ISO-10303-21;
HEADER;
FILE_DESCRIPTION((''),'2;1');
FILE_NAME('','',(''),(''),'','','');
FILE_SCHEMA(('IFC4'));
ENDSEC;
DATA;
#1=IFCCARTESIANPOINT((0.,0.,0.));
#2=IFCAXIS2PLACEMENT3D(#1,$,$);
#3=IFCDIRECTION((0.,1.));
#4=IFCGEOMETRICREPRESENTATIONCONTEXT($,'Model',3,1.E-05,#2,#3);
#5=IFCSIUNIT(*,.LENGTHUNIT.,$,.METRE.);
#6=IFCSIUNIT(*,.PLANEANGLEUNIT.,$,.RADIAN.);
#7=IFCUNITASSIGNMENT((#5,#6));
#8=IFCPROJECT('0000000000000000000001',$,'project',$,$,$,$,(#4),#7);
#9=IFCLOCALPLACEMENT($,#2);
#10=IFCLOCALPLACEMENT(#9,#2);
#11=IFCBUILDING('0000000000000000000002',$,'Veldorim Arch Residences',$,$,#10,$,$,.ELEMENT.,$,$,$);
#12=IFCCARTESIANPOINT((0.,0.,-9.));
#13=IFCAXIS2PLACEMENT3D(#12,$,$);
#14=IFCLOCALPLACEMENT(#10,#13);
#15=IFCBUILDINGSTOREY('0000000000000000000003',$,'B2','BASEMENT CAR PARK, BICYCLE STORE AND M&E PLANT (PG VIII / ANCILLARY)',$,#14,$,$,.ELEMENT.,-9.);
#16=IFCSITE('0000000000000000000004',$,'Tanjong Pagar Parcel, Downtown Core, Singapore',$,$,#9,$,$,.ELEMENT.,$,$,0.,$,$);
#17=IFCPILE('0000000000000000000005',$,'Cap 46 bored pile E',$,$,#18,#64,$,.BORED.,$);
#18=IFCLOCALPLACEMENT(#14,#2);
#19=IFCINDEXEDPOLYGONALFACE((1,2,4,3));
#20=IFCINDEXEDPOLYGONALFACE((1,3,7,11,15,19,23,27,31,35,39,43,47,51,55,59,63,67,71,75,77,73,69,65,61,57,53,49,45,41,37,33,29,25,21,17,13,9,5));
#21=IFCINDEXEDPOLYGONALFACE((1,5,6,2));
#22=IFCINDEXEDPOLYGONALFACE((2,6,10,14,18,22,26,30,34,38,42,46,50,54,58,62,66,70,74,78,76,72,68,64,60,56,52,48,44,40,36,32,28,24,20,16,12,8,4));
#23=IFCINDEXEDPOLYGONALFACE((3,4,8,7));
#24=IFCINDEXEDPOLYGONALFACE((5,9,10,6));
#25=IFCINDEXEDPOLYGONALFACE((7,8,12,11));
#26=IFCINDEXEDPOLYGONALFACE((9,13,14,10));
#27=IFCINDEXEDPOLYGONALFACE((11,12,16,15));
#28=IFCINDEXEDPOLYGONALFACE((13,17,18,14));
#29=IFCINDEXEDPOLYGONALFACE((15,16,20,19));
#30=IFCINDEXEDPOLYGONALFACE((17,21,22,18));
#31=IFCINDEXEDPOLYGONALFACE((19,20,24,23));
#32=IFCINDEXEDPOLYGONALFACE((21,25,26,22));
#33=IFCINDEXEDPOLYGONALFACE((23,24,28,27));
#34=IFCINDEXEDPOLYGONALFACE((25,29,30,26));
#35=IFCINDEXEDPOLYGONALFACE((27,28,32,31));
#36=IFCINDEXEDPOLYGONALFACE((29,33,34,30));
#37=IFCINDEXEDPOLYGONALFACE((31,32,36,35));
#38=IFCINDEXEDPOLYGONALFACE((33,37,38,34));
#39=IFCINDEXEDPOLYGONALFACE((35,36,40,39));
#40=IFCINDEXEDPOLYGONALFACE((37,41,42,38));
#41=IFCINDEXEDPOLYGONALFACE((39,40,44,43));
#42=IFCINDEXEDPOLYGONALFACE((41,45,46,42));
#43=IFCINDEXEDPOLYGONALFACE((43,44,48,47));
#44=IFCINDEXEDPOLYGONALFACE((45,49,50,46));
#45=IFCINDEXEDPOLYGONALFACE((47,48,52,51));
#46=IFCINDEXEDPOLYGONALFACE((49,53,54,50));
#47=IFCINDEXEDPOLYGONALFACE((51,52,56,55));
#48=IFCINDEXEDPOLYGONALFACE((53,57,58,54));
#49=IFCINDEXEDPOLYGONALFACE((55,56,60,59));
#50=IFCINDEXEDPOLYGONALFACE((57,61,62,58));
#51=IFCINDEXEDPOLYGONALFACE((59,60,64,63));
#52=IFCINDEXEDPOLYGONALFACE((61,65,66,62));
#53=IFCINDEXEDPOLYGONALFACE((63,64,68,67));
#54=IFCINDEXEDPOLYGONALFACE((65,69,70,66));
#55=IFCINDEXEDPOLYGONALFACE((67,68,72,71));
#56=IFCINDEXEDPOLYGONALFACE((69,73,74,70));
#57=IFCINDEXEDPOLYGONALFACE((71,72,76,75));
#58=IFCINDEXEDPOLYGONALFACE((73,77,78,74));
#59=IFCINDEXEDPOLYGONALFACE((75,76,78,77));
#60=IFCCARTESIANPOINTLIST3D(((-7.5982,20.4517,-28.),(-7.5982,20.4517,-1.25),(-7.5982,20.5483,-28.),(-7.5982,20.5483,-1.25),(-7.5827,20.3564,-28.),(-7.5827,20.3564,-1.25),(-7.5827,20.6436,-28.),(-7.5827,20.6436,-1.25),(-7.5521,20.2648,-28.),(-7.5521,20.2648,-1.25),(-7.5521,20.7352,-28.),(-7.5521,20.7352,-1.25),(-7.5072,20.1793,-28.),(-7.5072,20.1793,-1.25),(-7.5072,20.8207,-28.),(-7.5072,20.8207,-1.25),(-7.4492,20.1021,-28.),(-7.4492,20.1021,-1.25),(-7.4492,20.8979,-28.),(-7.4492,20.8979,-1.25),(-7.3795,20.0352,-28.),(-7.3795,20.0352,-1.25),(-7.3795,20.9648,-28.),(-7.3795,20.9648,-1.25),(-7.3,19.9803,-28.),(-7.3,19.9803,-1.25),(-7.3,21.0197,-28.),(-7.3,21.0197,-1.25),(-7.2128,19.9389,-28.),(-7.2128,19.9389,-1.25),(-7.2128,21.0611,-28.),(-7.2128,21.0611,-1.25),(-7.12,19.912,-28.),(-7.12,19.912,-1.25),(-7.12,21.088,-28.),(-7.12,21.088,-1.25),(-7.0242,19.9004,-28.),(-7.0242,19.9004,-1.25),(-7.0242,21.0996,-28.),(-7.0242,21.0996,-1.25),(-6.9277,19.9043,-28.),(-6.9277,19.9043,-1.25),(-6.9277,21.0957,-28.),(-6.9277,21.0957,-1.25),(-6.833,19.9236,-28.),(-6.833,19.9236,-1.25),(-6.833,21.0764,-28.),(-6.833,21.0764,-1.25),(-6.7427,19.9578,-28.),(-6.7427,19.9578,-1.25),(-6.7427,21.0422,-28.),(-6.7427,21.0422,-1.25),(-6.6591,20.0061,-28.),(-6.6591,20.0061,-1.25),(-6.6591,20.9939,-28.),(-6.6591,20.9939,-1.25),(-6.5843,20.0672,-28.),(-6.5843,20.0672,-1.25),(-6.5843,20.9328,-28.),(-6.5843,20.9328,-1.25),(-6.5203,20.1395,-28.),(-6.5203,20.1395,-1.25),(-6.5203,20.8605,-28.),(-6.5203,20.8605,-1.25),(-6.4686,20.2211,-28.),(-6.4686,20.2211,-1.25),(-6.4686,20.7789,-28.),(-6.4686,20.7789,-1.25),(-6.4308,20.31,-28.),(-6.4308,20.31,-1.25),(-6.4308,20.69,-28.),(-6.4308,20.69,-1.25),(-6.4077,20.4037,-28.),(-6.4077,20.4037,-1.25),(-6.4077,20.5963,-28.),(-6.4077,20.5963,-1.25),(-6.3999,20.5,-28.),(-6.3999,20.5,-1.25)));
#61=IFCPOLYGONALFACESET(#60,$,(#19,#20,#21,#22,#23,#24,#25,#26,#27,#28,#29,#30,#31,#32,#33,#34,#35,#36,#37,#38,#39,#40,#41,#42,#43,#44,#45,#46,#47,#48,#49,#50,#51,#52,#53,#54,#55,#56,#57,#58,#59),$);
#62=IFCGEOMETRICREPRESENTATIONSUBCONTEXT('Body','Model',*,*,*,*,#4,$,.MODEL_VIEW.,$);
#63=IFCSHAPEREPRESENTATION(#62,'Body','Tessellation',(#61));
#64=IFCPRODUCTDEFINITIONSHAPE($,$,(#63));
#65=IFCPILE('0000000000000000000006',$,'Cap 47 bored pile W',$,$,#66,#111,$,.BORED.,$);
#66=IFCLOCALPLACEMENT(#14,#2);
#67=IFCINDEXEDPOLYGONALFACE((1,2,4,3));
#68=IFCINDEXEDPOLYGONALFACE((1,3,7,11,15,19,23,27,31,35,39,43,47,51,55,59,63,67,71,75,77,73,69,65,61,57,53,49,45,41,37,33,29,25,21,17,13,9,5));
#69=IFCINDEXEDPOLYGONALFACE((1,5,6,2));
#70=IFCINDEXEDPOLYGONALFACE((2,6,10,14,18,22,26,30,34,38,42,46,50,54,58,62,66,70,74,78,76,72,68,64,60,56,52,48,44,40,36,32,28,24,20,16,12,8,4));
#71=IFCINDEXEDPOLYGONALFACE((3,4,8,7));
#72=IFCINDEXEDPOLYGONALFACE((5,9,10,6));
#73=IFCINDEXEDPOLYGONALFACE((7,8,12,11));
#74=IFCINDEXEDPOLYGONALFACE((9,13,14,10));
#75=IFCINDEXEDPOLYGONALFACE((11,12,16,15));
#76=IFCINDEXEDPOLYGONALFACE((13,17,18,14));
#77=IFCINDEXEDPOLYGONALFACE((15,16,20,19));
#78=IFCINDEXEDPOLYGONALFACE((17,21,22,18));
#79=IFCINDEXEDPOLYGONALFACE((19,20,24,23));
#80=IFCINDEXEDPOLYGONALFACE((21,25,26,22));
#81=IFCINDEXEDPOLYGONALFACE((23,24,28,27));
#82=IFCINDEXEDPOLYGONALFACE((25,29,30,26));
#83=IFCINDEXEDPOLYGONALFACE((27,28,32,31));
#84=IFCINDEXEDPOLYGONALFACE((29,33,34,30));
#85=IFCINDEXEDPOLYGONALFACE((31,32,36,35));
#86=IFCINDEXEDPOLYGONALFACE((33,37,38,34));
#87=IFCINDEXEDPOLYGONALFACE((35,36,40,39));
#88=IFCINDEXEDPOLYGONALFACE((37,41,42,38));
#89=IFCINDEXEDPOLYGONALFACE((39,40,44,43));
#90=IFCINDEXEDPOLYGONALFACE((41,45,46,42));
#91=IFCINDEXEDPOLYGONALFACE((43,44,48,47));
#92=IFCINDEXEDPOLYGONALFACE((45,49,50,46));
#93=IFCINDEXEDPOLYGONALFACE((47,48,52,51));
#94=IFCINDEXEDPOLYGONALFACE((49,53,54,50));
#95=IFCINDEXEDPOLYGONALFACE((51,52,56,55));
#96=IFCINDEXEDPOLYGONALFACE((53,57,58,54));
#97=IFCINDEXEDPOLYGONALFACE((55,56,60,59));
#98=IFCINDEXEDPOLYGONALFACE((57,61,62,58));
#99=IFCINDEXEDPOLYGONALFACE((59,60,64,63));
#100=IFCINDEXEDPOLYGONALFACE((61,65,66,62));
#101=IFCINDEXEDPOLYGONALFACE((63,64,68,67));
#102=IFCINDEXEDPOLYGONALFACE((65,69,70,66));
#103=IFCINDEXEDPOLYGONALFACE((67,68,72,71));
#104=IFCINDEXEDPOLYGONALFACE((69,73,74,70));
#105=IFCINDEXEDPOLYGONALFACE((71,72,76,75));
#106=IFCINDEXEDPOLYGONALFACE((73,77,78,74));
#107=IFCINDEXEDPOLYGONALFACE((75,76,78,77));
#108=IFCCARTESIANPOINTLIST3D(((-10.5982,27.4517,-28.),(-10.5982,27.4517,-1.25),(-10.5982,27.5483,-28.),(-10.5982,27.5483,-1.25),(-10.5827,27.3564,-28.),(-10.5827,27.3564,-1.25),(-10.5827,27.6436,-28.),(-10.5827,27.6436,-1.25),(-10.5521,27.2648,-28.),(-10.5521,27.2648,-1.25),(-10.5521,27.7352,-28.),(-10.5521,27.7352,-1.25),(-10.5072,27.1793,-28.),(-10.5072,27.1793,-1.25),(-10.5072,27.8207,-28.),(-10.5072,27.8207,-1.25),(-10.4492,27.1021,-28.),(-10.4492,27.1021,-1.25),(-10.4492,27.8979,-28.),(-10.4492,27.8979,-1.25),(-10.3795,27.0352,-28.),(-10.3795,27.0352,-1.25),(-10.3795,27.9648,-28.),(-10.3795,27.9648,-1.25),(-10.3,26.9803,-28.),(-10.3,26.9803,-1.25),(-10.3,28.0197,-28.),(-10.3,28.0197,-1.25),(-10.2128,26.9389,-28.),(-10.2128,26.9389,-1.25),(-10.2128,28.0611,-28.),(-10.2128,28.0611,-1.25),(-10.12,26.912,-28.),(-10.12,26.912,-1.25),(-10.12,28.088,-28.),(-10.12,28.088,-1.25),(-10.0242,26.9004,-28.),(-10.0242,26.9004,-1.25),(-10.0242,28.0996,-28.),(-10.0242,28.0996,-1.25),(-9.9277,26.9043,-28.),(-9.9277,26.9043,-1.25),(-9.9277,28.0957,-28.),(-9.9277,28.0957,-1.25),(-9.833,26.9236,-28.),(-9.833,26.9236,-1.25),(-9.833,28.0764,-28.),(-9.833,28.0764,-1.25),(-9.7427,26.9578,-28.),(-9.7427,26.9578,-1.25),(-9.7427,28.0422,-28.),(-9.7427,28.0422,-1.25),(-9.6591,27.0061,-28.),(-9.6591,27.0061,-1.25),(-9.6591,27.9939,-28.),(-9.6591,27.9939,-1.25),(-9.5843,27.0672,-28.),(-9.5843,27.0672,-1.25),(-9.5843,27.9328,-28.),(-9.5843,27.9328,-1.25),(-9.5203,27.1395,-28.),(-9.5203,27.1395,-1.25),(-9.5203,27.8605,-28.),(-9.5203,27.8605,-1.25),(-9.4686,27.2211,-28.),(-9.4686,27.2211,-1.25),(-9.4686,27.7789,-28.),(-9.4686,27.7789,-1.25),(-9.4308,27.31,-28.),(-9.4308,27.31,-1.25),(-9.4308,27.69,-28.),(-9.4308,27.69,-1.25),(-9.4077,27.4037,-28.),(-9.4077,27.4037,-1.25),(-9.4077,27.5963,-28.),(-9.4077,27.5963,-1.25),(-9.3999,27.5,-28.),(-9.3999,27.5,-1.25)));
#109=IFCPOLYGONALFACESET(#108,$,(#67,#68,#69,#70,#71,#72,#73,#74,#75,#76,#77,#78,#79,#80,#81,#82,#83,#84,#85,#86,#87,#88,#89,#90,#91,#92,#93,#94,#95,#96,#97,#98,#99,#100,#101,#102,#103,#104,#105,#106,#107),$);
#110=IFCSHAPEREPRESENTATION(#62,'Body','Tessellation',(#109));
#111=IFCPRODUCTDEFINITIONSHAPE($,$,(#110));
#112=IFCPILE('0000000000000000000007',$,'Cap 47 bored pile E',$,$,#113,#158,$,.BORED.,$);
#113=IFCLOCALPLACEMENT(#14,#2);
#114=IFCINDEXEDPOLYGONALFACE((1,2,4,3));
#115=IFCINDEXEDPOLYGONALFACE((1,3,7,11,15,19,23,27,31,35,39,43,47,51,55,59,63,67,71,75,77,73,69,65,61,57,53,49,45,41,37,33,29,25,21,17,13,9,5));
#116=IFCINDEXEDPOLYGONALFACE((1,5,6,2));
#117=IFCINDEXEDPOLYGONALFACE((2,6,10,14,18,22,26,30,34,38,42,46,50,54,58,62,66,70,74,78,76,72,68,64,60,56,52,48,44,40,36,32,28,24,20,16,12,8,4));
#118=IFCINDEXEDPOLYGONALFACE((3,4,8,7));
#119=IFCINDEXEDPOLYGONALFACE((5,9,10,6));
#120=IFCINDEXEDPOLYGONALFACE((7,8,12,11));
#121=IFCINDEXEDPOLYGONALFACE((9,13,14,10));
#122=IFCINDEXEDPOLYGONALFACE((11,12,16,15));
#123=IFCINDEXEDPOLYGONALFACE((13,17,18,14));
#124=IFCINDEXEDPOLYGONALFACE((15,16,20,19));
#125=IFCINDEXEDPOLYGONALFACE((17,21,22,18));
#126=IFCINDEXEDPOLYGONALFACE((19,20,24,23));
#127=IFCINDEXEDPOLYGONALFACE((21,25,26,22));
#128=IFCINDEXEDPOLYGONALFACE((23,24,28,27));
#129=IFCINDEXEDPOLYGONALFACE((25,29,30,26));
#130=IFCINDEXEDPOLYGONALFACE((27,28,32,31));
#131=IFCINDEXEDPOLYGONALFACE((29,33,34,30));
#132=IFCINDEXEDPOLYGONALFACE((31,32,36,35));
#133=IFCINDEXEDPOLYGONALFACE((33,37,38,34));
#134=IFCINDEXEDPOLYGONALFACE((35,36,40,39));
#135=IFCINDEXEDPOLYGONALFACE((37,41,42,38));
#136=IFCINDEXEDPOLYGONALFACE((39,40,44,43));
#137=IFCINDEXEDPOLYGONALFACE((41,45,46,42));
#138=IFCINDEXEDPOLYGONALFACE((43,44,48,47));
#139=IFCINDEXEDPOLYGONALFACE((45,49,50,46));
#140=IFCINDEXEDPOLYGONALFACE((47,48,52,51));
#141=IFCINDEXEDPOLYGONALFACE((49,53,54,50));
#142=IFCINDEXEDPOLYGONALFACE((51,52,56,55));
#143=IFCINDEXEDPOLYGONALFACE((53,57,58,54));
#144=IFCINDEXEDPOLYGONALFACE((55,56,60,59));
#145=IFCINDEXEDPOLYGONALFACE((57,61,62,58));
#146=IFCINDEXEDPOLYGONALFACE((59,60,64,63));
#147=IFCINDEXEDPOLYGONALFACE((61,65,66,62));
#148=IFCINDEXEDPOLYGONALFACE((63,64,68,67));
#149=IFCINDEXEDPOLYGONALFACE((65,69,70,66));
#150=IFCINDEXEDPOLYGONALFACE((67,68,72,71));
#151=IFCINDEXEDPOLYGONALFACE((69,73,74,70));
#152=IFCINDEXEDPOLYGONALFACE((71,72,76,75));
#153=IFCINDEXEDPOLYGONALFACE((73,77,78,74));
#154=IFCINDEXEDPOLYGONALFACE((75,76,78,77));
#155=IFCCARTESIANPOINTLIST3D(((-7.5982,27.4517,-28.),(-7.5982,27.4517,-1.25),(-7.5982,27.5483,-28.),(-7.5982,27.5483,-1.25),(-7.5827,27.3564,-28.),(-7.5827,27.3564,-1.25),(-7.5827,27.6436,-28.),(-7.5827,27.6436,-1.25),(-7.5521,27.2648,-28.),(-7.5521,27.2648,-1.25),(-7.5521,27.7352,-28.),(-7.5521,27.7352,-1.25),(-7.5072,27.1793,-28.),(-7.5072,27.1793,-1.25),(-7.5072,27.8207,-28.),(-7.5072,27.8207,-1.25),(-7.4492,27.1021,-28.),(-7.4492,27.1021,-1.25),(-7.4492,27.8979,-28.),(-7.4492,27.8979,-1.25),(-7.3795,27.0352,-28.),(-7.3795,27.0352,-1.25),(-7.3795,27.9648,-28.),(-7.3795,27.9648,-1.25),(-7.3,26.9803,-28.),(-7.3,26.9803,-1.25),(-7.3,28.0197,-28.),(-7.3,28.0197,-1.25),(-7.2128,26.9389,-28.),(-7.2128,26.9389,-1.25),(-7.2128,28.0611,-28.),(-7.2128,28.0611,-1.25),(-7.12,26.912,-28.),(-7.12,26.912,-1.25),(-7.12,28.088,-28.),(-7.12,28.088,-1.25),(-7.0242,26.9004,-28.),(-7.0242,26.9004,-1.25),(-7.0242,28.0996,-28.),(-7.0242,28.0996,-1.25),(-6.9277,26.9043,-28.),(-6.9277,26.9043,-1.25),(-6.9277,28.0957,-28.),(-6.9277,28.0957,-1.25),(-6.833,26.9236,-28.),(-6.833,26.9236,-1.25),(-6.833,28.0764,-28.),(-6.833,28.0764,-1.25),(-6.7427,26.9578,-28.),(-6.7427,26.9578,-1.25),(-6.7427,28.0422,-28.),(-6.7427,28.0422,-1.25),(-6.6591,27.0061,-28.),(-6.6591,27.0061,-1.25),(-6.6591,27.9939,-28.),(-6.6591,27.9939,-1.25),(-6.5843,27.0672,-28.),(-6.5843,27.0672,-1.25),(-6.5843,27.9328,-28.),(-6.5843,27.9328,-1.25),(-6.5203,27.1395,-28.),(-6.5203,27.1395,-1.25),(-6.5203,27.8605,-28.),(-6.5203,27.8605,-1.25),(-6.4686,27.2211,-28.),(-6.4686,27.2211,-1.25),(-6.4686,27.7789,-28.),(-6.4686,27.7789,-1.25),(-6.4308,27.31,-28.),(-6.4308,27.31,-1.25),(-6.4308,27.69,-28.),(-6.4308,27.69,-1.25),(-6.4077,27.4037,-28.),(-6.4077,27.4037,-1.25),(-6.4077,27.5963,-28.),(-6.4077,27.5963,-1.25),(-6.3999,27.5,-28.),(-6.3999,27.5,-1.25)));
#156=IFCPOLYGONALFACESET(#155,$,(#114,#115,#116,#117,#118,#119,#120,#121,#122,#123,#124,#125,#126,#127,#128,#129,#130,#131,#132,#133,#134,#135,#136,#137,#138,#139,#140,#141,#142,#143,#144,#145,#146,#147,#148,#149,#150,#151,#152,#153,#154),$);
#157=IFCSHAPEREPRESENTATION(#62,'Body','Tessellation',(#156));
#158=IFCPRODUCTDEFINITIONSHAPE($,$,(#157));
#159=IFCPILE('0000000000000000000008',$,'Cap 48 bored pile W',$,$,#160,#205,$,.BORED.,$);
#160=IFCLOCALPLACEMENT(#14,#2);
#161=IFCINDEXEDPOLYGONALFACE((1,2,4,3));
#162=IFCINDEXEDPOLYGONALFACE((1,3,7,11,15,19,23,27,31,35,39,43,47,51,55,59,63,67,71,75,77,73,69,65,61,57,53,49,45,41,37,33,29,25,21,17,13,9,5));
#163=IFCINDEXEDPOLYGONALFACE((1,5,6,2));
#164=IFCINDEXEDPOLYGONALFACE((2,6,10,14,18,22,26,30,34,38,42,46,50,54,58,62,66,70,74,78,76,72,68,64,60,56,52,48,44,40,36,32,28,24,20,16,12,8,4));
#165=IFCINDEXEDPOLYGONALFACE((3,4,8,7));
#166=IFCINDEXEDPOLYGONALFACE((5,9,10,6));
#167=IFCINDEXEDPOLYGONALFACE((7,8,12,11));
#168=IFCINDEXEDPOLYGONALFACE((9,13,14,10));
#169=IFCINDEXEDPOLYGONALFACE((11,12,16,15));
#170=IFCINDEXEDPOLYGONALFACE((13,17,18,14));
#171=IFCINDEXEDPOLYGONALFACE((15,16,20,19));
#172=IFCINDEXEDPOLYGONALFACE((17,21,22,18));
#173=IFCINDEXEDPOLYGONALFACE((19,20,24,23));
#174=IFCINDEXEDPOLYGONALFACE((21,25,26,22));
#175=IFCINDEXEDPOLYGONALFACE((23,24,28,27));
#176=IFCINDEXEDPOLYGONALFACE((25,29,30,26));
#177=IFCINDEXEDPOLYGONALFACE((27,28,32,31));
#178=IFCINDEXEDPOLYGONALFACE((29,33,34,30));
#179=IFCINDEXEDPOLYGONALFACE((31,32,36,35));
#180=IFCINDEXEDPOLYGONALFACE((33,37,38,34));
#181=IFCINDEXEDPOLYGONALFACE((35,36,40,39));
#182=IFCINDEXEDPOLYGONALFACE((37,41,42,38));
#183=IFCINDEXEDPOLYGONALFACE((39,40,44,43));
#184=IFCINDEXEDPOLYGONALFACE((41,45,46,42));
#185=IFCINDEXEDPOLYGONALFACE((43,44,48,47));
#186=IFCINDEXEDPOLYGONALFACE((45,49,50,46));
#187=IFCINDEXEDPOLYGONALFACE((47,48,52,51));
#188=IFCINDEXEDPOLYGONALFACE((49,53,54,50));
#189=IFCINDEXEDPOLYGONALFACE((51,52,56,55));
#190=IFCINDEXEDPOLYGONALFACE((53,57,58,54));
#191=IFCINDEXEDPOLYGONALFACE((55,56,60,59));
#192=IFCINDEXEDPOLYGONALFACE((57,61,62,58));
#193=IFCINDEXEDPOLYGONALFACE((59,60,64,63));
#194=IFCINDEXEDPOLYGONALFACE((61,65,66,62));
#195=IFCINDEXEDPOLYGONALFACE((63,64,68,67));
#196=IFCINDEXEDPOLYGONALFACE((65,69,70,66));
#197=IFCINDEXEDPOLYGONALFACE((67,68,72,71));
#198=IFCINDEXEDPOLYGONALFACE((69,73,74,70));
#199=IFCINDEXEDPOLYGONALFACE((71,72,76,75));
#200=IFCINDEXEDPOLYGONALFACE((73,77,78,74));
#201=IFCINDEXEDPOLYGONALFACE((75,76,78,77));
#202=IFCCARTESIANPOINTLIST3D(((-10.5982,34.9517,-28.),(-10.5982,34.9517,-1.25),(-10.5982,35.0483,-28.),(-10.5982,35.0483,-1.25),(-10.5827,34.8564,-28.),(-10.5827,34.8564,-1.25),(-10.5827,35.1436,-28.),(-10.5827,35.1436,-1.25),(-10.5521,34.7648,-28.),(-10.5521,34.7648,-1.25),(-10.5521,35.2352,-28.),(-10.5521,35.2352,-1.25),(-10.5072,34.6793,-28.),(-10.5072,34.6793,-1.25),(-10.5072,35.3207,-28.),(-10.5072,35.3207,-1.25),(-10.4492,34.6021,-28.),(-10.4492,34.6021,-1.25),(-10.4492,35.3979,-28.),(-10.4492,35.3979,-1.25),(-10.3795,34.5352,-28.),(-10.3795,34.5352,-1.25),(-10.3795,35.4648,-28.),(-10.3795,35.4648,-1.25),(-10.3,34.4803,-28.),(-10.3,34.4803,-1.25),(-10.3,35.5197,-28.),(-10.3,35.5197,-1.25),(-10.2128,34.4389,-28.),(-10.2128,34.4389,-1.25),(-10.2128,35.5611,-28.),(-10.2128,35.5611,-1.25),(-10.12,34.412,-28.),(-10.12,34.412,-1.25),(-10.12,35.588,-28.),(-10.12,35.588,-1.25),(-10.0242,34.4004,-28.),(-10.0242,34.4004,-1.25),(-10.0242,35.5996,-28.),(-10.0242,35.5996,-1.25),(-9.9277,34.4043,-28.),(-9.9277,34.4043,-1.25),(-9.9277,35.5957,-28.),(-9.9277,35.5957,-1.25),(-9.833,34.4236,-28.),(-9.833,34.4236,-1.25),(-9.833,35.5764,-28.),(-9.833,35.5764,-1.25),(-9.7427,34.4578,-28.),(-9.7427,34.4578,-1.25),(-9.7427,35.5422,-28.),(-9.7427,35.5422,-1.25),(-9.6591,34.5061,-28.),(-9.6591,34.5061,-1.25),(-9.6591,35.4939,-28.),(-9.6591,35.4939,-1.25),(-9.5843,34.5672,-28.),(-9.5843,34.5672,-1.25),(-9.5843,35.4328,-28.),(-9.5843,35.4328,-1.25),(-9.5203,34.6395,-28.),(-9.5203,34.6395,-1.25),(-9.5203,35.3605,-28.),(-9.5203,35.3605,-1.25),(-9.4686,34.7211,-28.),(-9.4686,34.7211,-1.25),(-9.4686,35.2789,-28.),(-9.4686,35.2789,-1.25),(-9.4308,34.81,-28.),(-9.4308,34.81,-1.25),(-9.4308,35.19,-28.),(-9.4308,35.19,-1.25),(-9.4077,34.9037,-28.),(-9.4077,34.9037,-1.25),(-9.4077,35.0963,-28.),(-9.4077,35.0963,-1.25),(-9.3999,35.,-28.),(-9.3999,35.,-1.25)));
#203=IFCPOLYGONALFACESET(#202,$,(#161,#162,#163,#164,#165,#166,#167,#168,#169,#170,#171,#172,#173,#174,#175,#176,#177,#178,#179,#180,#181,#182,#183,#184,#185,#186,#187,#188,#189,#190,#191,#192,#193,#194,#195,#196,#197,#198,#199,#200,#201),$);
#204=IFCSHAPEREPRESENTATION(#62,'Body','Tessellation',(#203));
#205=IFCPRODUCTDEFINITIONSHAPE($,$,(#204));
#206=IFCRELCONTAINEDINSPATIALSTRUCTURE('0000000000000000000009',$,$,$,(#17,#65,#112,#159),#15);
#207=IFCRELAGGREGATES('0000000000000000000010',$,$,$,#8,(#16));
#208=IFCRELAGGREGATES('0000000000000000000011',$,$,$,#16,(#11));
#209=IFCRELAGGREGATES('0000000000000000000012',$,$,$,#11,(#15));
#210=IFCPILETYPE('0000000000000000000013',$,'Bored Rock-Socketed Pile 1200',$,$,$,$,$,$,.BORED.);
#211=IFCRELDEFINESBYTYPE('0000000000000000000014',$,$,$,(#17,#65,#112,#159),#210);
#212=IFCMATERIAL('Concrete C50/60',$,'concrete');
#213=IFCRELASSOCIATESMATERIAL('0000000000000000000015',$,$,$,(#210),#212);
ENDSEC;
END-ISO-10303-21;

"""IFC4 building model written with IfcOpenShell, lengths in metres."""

from ifc_helpers import new_model, si_unit, direction, frame, origin, origin_2d, place, context, subcontext, project, spatial, circle, extrude, material, material_profile, profile_set, type_object, element, save


model = new_model("IFC4")

# Units and contexts
model_context = context("Model", 3, precision=1e-05, world=origin(), true_north=direction((0.0, 1.0)))
body_context = subcontext(model_context, "Body", "Model", "MODEL_VIEW")
ifc_project = project(units=[si_unit("LENGTHUNIT", "METRE"), si_unit("PLANEANGLEUNIT", "RADIAN")], contexts=[model_context])

# Site, building, storey
site_placement = place(None, origin())
site = spatial("IfcSite", under=ifc_project, at=site_placement, Name="Tanjong Pagar Parcel, Downtown Core, Singapore", CompositionType="ELEMENT", RefElevation=0.0)
building_placement = place(site_placement, origin())
building = spatial("IfcBuilding", under=site, at=building_placement, Name="Veldorim Arch Residences", CompositionType="ELEMENT")
storey_placement = place(building_placement, frame((0.0, 0.0, -9.0)))
storey = spatial("IfcBuildingStorey", under=building, at=storey_placement, Name="B2", Description="BASEMENT CAR PARK, BICYCLE STORE AND M&E PLANT (PG VIII / ANCILLARY)", CompositionType="ELEMENT", Elevation=-9.0)

# Piles
ifc_material_1 = material(Name="Concrete C50/60", Category="concrete")
ifc_material_profile_1 = material_profile(ifc_material_1, circle(Radius=0.6001, at=origin_2d()), Name="PILE_1200")
ifc_profile_set_1 = profile_set([ifc_material_profile_1], Name="Concrete C50/60")
pile_type = type_object("IfcPileType", Name="Bored Rock-Socketed Pile 1200", PredefinedType="BORED", material=ifc_profile_set_1)
for number, where, z_axis, x_axis, name in (
    (1, (-7.0, 20.5, -1.25), (0.0, 0.0, -1.0), (1.0, 0.0, 0.0), "Cap 46 bored pile E"),
    (2, (-10.0, 27.5, -1.25), (0.0, 0.0, -1.0), (1.0, 0.0, 0.0), "Cap 47 bored pile W"),
    (3, (-7.0, 27.5, -1.25), (0.0, 0.0, -1.0), (1.0, 0.0, 0.0), "Cap 47 bored pile E"),
    (4, (-10.0, 35.0, -1.25), (0.0, 0.0, -1.0), (1.0, 0.0, 0.0), "Cap 48 bored pile W"),
):
    element("IfcPile", number, at=place(storey_placement, frame(where, z_axis=z_axis, x_axis=x_axis)), inside=storey, type_object=pile_type, Name=name, PredefinedType="BORED", context=body_context, shape_type="SweptSolid", body=[
        extrude(circle(Radius=0.6001, at=origin_2d()), origin(), (0.0, 0.0, 1.0), 26.75),
    ])

save(model, "model.ifc")
